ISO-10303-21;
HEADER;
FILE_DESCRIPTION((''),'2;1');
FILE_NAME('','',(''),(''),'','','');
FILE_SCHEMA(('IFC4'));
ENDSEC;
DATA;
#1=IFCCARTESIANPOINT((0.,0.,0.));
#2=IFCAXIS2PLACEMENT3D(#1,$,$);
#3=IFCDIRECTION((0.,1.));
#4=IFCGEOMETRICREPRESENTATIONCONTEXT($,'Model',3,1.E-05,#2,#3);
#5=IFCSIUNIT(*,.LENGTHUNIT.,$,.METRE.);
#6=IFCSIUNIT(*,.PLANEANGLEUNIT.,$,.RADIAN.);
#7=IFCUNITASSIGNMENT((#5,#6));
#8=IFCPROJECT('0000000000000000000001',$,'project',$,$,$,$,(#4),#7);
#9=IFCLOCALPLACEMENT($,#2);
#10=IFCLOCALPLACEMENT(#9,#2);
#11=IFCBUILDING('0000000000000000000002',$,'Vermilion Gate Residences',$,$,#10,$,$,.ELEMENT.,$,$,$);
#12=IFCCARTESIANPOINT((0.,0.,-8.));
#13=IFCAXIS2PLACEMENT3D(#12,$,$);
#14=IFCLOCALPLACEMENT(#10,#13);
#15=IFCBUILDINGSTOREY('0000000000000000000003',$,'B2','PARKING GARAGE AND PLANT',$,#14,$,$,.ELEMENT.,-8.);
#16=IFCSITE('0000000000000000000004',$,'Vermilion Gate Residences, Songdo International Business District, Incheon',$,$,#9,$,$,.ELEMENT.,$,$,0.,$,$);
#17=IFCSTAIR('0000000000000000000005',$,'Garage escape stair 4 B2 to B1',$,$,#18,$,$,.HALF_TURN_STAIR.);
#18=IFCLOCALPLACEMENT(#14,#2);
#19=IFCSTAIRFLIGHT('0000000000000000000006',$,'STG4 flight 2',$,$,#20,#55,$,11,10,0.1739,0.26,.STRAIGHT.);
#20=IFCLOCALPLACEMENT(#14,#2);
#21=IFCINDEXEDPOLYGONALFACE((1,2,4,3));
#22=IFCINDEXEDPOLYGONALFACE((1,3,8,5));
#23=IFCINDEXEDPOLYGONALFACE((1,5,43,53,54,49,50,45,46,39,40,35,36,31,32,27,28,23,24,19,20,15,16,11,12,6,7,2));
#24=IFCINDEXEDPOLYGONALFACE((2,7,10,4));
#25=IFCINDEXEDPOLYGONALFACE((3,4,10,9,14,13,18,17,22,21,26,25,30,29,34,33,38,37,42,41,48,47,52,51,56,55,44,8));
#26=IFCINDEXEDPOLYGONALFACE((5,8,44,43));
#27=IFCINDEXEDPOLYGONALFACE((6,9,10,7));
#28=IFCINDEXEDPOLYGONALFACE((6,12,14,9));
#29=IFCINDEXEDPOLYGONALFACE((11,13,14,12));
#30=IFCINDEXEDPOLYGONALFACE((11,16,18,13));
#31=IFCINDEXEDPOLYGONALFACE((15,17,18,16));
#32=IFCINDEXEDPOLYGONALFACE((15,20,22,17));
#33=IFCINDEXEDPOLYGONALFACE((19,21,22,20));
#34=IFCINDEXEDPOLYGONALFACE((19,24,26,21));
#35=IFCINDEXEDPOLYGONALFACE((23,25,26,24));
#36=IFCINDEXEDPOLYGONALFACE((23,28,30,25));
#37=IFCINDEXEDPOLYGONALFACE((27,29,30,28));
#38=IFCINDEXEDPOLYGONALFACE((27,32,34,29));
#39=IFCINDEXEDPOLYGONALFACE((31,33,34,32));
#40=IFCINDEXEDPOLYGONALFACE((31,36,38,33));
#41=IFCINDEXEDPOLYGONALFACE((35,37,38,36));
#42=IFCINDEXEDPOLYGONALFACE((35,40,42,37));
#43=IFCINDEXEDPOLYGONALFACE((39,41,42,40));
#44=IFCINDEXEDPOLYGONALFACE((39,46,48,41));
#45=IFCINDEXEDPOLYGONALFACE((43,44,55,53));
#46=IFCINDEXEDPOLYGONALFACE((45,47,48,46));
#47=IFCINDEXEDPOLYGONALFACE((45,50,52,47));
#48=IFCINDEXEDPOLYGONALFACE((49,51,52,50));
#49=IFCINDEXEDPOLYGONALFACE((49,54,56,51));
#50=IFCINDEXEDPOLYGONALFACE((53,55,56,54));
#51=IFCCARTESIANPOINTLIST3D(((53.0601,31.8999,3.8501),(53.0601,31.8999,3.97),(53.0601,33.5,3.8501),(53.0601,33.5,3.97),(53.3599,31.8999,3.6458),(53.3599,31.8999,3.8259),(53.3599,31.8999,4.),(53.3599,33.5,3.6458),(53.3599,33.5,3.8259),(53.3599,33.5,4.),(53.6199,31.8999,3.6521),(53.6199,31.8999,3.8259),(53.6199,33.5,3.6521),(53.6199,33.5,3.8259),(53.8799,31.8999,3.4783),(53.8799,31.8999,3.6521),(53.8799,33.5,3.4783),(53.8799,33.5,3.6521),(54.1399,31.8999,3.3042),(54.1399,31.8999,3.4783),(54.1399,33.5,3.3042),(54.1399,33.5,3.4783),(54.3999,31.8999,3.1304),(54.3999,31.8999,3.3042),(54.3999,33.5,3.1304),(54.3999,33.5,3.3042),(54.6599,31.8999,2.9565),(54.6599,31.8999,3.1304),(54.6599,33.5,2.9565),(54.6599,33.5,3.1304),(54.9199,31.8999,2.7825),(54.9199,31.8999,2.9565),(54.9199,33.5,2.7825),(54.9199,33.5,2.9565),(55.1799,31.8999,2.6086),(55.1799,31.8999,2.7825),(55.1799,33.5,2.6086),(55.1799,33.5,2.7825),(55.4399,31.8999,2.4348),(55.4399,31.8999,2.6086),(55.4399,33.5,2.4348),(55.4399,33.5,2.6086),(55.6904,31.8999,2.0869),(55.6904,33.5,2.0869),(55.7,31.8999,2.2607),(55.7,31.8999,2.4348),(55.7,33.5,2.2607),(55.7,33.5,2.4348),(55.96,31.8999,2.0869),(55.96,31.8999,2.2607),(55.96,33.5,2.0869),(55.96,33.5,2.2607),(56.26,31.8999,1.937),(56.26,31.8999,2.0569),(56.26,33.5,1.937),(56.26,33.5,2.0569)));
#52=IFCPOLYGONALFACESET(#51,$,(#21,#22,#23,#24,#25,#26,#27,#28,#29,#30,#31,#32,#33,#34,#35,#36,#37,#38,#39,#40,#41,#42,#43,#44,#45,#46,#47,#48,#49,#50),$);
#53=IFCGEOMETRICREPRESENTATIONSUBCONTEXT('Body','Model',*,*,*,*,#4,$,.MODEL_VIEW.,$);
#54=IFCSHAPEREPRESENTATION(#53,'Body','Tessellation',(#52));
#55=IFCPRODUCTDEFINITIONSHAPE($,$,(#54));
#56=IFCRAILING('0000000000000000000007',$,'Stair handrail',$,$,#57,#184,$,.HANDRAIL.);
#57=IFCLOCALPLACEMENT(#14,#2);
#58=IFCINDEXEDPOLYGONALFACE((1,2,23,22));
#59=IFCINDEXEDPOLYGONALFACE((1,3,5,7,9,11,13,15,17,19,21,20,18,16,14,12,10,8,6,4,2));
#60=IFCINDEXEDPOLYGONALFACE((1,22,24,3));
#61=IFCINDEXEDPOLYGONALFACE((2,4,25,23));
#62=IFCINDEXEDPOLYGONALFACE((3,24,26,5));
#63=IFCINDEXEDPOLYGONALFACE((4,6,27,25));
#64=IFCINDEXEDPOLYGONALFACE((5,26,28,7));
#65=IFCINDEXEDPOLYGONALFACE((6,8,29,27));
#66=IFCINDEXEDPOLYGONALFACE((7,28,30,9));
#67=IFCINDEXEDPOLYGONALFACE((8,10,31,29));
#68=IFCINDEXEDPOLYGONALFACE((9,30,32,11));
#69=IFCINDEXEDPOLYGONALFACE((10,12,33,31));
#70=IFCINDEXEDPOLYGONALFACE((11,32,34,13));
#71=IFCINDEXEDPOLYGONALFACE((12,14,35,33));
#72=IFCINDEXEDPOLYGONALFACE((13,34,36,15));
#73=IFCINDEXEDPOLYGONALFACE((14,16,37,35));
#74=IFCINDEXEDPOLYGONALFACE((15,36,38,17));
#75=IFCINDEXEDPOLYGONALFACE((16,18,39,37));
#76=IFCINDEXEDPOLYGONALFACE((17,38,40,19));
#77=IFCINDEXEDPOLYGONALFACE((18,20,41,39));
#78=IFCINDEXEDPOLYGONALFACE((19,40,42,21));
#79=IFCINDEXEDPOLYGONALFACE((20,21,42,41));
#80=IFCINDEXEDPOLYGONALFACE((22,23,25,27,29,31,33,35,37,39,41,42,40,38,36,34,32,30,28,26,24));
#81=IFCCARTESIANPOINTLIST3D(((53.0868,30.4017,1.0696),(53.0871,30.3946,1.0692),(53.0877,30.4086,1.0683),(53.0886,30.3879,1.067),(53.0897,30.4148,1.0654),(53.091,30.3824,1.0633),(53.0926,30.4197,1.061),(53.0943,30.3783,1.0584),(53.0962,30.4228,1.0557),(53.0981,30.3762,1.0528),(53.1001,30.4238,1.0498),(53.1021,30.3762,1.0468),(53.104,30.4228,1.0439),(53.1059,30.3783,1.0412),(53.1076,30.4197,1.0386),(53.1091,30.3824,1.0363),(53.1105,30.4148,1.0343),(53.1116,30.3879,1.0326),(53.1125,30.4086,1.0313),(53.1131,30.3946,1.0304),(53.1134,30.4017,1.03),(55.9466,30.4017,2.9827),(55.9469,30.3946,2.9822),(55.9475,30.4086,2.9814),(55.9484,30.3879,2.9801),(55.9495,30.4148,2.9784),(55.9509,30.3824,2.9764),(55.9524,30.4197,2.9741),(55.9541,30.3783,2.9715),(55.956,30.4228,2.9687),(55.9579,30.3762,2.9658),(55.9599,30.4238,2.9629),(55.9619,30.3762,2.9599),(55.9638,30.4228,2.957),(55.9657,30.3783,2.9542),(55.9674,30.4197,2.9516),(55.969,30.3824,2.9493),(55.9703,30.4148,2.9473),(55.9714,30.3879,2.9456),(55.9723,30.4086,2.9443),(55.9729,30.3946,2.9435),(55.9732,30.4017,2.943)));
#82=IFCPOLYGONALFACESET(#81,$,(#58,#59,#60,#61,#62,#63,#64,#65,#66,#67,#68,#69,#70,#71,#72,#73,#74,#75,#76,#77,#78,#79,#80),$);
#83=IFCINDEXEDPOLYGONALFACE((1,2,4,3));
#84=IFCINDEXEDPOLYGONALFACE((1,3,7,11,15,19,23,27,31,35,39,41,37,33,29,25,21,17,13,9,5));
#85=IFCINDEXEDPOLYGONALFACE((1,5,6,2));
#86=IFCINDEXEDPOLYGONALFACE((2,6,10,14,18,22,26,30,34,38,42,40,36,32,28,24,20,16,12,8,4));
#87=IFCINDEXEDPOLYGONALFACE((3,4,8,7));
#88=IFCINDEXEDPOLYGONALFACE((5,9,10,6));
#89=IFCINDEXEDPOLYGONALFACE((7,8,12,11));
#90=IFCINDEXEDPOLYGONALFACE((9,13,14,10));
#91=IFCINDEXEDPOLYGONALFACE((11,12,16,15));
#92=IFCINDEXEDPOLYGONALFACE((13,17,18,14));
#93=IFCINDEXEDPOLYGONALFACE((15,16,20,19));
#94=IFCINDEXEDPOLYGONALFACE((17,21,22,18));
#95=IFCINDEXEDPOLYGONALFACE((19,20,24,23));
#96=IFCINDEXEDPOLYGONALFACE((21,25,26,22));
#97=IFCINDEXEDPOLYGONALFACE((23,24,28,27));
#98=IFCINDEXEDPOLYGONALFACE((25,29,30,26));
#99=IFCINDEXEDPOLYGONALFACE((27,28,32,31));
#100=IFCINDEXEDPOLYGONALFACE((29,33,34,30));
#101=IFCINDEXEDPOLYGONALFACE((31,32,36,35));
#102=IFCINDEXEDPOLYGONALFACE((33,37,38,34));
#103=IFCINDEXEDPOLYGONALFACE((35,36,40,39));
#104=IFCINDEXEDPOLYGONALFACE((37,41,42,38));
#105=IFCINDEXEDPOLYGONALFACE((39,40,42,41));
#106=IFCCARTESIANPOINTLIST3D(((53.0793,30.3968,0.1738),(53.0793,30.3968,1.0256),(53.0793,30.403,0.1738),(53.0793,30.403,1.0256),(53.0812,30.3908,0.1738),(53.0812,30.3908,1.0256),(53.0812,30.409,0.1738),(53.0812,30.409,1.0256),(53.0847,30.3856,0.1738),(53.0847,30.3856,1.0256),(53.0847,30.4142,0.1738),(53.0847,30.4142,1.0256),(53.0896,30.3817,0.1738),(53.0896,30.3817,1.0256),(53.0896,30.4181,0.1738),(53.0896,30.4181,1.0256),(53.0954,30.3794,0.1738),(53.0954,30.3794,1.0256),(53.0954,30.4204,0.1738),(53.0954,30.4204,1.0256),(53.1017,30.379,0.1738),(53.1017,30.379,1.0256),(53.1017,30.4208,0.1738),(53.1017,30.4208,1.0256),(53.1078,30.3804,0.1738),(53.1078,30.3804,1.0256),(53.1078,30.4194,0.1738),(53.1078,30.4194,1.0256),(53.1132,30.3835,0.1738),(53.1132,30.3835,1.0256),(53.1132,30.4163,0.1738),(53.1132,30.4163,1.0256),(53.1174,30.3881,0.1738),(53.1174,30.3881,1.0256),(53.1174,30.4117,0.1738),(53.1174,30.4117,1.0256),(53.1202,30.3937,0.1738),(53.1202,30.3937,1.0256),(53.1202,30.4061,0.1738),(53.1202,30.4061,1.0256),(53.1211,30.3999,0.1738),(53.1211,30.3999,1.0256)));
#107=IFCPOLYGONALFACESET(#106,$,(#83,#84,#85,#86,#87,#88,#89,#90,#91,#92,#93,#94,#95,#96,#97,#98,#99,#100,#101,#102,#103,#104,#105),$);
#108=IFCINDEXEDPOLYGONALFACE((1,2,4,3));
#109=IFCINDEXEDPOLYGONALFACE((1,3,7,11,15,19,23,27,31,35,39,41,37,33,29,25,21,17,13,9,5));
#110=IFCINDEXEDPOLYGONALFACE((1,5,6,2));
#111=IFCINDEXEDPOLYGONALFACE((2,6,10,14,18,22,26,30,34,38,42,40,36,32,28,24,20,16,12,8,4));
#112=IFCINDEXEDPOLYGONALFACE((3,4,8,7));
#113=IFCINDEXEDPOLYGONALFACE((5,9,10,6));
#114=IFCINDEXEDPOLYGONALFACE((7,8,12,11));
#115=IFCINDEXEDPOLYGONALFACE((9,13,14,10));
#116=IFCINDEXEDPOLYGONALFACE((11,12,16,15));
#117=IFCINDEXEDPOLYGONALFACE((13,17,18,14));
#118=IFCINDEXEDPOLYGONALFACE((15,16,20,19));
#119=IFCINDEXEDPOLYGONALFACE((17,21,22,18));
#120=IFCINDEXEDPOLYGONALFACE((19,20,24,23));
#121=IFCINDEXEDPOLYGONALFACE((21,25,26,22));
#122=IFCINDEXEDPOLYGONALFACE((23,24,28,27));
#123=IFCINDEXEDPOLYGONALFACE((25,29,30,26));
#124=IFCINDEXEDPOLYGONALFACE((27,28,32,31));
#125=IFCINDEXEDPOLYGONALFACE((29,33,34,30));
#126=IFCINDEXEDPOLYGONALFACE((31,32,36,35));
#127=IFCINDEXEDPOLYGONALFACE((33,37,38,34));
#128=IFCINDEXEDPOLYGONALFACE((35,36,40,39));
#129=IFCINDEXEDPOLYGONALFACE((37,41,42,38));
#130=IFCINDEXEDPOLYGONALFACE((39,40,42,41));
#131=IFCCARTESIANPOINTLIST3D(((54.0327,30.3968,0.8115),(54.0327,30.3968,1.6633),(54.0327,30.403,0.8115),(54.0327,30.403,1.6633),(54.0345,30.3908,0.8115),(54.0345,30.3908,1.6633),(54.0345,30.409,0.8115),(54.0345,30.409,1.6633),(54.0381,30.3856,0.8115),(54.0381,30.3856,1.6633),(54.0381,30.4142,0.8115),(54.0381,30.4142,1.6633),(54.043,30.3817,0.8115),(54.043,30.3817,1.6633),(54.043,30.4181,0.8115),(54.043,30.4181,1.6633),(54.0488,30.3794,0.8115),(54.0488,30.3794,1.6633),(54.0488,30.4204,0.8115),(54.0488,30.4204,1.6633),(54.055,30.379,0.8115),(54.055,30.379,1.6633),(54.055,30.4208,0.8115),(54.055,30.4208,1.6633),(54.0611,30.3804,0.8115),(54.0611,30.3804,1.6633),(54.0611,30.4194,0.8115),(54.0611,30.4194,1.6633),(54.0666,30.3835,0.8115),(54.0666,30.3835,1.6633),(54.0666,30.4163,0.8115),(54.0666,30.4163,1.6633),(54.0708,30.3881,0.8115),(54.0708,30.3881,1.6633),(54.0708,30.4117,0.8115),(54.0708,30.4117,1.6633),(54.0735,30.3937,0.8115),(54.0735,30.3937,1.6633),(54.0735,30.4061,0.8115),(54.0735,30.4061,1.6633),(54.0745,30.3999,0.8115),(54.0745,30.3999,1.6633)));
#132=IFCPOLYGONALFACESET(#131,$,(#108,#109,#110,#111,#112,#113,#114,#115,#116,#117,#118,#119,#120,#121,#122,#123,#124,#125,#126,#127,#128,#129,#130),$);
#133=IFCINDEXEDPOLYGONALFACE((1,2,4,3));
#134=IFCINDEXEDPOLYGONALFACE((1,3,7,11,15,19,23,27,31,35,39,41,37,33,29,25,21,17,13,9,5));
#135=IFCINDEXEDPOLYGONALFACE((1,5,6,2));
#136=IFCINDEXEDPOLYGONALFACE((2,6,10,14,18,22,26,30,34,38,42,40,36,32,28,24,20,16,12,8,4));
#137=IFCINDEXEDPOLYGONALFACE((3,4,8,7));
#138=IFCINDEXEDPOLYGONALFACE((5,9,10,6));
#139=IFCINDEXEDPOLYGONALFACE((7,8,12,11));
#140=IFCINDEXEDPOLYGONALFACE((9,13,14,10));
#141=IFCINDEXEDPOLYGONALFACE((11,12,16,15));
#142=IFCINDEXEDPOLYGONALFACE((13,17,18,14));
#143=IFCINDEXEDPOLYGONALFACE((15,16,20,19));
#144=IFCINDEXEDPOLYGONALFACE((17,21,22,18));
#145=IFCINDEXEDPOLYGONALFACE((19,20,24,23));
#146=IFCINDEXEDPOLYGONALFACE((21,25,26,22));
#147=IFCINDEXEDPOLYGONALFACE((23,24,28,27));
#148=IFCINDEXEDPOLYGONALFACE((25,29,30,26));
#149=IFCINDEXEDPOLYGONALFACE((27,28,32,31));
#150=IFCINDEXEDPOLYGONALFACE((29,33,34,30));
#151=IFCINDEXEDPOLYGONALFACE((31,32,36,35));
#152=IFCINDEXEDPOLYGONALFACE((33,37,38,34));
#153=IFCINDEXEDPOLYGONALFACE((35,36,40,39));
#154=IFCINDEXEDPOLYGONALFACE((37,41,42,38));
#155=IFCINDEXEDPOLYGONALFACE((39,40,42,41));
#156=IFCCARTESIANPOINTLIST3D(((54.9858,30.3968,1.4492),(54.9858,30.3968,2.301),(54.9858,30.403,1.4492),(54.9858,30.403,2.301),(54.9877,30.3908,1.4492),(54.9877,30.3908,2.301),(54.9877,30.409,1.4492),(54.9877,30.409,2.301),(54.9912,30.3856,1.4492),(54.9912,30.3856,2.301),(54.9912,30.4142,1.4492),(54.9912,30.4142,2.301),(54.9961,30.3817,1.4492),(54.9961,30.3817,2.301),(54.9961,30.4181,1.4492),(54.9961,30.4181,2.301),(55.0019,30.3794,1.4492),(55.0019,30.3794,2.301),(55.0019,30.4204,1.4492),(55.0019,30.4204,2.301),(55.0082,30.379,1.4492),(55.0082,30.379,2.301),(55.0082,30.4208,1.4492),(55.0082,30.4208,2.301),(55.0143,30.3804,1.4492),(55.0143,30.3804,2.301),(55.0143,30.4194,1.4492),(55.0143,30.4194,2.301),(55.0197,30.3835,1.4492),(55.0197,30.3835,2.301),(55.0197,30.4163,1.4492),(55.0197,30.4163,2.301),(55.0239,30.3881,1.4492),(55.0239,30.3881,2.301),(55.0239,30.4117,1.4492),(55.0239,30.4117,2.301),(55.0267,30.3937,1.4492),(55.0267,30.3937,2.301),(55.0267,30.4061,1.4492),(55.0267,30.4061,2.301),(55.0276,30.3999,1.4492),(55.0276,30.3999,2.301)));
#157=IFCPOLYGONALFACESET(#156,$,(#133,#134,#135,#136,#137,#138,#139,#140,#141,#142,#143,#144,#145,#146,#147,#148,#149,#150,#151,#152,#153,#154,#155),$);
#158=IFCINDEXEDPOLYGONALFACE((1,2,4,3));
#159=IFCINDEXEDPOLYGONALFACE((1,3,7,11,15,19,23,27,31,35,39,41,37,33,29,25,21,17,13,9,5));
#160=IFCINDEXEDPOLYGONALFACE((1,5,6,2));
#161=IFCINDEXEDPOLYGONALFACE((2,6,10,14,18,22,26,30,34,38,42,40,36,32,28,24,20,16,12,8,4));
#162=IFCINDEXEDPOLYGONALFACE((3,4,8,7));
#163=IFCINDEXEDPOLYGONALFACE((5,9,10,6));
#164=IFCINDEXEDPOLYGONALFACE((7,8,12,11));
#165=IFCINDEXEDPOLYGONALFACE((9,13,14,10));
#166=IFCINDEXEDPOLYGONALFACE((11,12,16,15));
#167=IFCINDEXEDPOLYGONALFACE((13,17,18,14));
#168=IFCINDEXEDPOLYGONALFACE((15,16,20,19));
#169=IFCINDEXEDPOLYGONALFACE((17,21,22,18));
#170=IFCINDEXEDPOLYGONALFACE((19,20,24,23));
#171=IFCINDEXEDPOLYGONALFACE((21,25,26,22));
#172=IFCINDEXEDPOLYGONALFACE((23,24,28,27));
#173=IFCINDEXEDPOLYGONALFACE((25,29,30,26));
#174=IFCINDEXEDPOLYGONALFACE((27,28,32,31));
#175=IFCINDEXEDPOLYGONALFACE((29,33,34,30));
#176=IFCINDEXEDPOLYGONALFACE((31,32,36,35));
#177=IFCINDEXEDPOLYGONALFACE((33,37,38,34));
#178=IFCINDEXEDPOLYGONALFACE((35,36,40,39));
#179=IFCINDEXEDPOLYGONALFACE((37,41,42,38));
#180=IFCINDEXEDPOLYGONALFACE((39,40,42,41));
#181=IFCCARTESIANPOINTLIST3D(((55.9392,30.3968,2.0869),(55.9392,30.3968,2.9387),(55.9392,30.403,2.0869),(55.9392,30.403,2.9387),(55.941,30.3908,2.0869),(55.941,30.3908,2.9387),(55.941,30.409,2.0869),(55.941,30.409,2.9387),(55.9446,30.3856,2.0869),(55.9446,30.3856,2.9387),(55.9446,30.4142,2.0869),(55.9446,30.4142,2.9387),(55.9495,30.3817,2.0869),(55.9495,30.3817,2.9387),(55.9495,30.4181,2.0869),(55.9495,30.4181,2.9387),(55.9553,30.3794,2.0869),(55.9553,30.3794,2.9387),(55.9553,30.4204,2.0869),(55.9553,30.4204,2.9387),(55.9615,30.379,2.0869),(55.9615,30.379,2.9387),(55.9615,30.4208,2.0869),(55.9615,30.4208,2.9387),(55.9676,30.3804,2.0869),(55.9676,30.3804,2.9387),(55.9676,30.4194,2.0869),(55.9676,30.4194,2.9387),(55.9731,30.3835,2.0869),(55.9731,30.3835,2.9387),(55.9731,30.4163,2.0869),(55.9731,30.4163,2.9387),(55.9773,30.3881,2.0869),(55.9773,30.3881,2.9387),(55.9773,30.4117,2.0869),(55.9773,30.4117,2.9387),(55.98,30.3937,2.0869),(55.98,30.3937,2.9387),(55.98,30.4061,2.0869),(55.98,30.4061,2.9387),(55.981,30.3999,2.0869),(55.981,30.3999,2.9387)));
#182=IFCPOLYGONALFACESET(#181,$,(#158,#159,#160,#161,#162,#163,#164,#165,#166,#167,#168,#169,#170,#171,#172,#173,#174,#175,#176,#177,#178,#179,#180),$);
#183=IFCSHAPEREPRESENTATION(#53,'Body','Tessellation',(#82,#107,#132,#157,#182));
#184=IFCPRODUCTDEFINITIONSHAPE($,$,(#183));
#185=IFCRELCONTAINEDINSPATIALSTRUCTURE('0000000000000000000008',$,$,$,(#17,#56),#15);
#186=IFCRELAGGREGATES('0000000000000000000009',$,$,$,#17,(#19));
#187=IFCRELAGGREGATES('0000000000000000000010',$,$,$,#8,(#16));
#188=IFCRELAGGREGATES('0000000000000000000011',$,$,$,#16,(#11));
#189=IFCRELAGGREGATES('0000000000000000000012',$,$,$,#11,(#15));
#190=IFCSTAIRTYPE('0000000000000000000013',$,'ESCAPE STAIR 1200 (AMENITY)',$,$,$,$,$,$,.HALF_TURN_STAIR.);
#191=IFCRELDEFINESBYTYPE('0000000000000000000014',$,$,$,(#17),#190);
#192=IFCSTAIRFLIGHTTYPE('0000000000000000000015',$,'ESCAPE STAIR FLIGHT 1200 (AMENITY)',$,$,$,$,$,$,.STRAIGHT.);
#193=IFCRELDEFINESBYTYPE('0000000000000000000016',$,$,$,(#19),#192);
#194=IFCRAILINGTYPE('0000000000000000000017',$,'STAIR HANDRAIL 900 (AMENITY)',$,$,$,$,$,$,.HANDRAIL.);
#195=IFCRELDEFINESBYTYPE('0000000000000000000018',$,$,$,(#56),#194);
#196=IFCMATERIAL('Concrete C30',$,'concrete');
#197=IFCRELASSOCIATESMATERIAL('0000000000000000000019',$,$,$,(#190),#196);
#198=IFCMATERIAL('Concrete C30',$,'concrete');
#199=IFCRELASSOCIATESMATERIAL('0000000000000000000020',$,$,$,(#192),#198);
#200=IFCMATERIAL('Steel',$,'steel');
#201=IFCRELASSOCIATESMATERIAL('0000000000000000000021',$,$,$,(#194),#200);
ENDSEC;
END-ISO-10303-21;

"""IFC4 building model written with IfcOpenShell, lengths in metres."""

from ifc_helpers import new_model, si_unit, direction, frame, origin, origin_2d, place, context, subcontext, project, spatial, polyline, circle, outline, extrude, material, type_object, element, aggregate, save


model = new_model("IFC4")

# Units and contexts
model_context = context("Model", 3, precision=1e-05, world=origin(), true_north=direction((0.0, 1.0)))
body_context = subcontext(model_context, "Body", "Model", "MODEL_VIEW")
ifc_project = project(units=[si_unit("LENGTHUNIT", "METRE"), si_unit("PLANEANGLEUNIT", "RADIAN")], contexts=[model_context])

# Site, building, storey
site_placement = place(None, origin())
site = spatial("IfcSite", under=ifc_project, at=site_placement, Name="Vermilion Gate Residences, Songdo International Business District, Incheon", CompositionType="ELEMENT", RefElevation=0.0)
building_placement = place(site_placement, origin())
building = spatial("IfcBuilding", under=site, at=building_placement, Name="Vermilion Gate Residences", CompositionType="ELEMENT")
storey_placement = place(building_placement, frame((0.0, 0.0, -8.0)))
storey = spatial("IfcBuildingStorey", under=building, at=storey_placement, Name="B2", Description="PARKING GARAGE AND PLANT", CompositionType="ELEMENT", Elevation=-8.0)

# Stair, stair flight
ifc_material_1 = material(Name="Concrete C30", Category="concrete")
stair_type = type_object("IfcStairType", Name="ESCAPE STAIR 1200 (AMENITY)", PredefinedType="HALF_TURN_STAIR", material=ifc_material_1)
stair_placement = place(storey_placement, origin())
stair = element("IfcStair", 1, at=stair_placement, inside=storey, type_object=stair_type, Name="Garage escape stair 4 B2 to B1", PredefinedType="HALF_TURN_STAIR")
ifc_material_2 = material(Name="Concrete C30", Category="concrete")
stair_flight_type = type_object("IfcStairFlightType", Name="ESCAPE STAIR FLIGHT 1200 (AMENITY)", PredefinedType="STRAIGHT", material=ifc_material_2)
stair_flight_1_placement = place(storey_placement, frame((55.96, 32.7, 2.0869), z_axis=(0.0, 0.0, 1.0), x_axis=(-1.0, 0.0, 0.0)))
stair_flight_1 = element("IfcStairFlight", 2, at=stair_flight_1_placement, type_object=stair_flight_type, Name="STG4 flight 2", NumberOfRisers=11, NumberOfTreads=10, PredefinedType="STRAIGHT", RiserHeight=0.1739, TreadLength=0.26, context=body_context, shape_type="SweptSolid", body=[
    extrude(outline(polyline([(-0.3, -0.1499), (-0.3, -0.03), (0.0, 0.0), (0.0, 0.1738), (0.26, 0.1738), (0.26, 0.3479), (0.52, 0.3479), (0.52, 0.5217), (0.78, 0.5217), (0.78, 0.6956), (1.04, 0.6956), (1.04, 0.8696), (1.3, 0.8696), (1.3, 1.0435), (1.5601, 1.0435), (1.5601, 1.2173), (1.8201, 1.2173), (1.8201, 1.3914), (2.0801, 1.3914), (2.0801, 1.5652), (2.3401, 1.5652), (2.3401, 1.739), (2.6001, 1.739), (2.6001, 1.9131), (2.8999, 1.8831), (2.8999, 1.7632), (2.6001, 1.5588), (0.2695, 0.0), (-0.3, -0.1499)])), frame((0.0, 0.8, 0.0), z_axis=(0.0, -1.0, 0.0), x_axis=(1.0, 0.0, 0.0)), (0.0, 0.0, 1.0), 1.6001),
])
aggregate(stair, [stair_flight_1])

# Railing
ifc_material_3 = material(Name="Steel", Category="steel")
railing_type = type_object("IfcRailingType", Name="STAIR HANDRAIL 900 (AMENITY)", PredefinedType="HANDRAIL", material=ifc_material_3)
railing_1_placement = place(storey_placement, frame((53.1001, 30.3999, 0.1738)))
element("IfcRailing", 3, at=railing_1_placement, inside=storey, type_object=railing_type, Name="Stair handrail", PredefinedType="HANDRAIL", context=body_context, shape_type="SweptSolid", body=[
    extrude(circle(Radius=0.0239, at=origin_2d()), frame((0.0, 0.0, 0.876), z_axis=(0.831176, 0.0, 0.556009), x_axis=(0.0, 1.0, 0.0)), (0.0, 0.0, 1.0), 3.4407),
    extrude(circle(Radius=0.021, at=origin_2d()), origin(), (0.0, 0.0, 1.0), 0.8518),
    extrude(circle(Radius=0.021, at=origin_2d()), frame((0.9534, 0.0, 0.6377)), (0.0, 0.0, 1.0), 0.8518),
    extrude(circle(Radius=0.021, at=origin_2d()), frame((1.9065, 0.0, 1.2754)), (0.0, 0.0, 1.0), 0.8518),
    extrude(circle(Radius=0.021, at=origin_2d()), frame((2.8599, 0.0, 1.9131)), (0.0, 0.0, 1.0), 0.8518),
])

save(model, "model.ifc")
